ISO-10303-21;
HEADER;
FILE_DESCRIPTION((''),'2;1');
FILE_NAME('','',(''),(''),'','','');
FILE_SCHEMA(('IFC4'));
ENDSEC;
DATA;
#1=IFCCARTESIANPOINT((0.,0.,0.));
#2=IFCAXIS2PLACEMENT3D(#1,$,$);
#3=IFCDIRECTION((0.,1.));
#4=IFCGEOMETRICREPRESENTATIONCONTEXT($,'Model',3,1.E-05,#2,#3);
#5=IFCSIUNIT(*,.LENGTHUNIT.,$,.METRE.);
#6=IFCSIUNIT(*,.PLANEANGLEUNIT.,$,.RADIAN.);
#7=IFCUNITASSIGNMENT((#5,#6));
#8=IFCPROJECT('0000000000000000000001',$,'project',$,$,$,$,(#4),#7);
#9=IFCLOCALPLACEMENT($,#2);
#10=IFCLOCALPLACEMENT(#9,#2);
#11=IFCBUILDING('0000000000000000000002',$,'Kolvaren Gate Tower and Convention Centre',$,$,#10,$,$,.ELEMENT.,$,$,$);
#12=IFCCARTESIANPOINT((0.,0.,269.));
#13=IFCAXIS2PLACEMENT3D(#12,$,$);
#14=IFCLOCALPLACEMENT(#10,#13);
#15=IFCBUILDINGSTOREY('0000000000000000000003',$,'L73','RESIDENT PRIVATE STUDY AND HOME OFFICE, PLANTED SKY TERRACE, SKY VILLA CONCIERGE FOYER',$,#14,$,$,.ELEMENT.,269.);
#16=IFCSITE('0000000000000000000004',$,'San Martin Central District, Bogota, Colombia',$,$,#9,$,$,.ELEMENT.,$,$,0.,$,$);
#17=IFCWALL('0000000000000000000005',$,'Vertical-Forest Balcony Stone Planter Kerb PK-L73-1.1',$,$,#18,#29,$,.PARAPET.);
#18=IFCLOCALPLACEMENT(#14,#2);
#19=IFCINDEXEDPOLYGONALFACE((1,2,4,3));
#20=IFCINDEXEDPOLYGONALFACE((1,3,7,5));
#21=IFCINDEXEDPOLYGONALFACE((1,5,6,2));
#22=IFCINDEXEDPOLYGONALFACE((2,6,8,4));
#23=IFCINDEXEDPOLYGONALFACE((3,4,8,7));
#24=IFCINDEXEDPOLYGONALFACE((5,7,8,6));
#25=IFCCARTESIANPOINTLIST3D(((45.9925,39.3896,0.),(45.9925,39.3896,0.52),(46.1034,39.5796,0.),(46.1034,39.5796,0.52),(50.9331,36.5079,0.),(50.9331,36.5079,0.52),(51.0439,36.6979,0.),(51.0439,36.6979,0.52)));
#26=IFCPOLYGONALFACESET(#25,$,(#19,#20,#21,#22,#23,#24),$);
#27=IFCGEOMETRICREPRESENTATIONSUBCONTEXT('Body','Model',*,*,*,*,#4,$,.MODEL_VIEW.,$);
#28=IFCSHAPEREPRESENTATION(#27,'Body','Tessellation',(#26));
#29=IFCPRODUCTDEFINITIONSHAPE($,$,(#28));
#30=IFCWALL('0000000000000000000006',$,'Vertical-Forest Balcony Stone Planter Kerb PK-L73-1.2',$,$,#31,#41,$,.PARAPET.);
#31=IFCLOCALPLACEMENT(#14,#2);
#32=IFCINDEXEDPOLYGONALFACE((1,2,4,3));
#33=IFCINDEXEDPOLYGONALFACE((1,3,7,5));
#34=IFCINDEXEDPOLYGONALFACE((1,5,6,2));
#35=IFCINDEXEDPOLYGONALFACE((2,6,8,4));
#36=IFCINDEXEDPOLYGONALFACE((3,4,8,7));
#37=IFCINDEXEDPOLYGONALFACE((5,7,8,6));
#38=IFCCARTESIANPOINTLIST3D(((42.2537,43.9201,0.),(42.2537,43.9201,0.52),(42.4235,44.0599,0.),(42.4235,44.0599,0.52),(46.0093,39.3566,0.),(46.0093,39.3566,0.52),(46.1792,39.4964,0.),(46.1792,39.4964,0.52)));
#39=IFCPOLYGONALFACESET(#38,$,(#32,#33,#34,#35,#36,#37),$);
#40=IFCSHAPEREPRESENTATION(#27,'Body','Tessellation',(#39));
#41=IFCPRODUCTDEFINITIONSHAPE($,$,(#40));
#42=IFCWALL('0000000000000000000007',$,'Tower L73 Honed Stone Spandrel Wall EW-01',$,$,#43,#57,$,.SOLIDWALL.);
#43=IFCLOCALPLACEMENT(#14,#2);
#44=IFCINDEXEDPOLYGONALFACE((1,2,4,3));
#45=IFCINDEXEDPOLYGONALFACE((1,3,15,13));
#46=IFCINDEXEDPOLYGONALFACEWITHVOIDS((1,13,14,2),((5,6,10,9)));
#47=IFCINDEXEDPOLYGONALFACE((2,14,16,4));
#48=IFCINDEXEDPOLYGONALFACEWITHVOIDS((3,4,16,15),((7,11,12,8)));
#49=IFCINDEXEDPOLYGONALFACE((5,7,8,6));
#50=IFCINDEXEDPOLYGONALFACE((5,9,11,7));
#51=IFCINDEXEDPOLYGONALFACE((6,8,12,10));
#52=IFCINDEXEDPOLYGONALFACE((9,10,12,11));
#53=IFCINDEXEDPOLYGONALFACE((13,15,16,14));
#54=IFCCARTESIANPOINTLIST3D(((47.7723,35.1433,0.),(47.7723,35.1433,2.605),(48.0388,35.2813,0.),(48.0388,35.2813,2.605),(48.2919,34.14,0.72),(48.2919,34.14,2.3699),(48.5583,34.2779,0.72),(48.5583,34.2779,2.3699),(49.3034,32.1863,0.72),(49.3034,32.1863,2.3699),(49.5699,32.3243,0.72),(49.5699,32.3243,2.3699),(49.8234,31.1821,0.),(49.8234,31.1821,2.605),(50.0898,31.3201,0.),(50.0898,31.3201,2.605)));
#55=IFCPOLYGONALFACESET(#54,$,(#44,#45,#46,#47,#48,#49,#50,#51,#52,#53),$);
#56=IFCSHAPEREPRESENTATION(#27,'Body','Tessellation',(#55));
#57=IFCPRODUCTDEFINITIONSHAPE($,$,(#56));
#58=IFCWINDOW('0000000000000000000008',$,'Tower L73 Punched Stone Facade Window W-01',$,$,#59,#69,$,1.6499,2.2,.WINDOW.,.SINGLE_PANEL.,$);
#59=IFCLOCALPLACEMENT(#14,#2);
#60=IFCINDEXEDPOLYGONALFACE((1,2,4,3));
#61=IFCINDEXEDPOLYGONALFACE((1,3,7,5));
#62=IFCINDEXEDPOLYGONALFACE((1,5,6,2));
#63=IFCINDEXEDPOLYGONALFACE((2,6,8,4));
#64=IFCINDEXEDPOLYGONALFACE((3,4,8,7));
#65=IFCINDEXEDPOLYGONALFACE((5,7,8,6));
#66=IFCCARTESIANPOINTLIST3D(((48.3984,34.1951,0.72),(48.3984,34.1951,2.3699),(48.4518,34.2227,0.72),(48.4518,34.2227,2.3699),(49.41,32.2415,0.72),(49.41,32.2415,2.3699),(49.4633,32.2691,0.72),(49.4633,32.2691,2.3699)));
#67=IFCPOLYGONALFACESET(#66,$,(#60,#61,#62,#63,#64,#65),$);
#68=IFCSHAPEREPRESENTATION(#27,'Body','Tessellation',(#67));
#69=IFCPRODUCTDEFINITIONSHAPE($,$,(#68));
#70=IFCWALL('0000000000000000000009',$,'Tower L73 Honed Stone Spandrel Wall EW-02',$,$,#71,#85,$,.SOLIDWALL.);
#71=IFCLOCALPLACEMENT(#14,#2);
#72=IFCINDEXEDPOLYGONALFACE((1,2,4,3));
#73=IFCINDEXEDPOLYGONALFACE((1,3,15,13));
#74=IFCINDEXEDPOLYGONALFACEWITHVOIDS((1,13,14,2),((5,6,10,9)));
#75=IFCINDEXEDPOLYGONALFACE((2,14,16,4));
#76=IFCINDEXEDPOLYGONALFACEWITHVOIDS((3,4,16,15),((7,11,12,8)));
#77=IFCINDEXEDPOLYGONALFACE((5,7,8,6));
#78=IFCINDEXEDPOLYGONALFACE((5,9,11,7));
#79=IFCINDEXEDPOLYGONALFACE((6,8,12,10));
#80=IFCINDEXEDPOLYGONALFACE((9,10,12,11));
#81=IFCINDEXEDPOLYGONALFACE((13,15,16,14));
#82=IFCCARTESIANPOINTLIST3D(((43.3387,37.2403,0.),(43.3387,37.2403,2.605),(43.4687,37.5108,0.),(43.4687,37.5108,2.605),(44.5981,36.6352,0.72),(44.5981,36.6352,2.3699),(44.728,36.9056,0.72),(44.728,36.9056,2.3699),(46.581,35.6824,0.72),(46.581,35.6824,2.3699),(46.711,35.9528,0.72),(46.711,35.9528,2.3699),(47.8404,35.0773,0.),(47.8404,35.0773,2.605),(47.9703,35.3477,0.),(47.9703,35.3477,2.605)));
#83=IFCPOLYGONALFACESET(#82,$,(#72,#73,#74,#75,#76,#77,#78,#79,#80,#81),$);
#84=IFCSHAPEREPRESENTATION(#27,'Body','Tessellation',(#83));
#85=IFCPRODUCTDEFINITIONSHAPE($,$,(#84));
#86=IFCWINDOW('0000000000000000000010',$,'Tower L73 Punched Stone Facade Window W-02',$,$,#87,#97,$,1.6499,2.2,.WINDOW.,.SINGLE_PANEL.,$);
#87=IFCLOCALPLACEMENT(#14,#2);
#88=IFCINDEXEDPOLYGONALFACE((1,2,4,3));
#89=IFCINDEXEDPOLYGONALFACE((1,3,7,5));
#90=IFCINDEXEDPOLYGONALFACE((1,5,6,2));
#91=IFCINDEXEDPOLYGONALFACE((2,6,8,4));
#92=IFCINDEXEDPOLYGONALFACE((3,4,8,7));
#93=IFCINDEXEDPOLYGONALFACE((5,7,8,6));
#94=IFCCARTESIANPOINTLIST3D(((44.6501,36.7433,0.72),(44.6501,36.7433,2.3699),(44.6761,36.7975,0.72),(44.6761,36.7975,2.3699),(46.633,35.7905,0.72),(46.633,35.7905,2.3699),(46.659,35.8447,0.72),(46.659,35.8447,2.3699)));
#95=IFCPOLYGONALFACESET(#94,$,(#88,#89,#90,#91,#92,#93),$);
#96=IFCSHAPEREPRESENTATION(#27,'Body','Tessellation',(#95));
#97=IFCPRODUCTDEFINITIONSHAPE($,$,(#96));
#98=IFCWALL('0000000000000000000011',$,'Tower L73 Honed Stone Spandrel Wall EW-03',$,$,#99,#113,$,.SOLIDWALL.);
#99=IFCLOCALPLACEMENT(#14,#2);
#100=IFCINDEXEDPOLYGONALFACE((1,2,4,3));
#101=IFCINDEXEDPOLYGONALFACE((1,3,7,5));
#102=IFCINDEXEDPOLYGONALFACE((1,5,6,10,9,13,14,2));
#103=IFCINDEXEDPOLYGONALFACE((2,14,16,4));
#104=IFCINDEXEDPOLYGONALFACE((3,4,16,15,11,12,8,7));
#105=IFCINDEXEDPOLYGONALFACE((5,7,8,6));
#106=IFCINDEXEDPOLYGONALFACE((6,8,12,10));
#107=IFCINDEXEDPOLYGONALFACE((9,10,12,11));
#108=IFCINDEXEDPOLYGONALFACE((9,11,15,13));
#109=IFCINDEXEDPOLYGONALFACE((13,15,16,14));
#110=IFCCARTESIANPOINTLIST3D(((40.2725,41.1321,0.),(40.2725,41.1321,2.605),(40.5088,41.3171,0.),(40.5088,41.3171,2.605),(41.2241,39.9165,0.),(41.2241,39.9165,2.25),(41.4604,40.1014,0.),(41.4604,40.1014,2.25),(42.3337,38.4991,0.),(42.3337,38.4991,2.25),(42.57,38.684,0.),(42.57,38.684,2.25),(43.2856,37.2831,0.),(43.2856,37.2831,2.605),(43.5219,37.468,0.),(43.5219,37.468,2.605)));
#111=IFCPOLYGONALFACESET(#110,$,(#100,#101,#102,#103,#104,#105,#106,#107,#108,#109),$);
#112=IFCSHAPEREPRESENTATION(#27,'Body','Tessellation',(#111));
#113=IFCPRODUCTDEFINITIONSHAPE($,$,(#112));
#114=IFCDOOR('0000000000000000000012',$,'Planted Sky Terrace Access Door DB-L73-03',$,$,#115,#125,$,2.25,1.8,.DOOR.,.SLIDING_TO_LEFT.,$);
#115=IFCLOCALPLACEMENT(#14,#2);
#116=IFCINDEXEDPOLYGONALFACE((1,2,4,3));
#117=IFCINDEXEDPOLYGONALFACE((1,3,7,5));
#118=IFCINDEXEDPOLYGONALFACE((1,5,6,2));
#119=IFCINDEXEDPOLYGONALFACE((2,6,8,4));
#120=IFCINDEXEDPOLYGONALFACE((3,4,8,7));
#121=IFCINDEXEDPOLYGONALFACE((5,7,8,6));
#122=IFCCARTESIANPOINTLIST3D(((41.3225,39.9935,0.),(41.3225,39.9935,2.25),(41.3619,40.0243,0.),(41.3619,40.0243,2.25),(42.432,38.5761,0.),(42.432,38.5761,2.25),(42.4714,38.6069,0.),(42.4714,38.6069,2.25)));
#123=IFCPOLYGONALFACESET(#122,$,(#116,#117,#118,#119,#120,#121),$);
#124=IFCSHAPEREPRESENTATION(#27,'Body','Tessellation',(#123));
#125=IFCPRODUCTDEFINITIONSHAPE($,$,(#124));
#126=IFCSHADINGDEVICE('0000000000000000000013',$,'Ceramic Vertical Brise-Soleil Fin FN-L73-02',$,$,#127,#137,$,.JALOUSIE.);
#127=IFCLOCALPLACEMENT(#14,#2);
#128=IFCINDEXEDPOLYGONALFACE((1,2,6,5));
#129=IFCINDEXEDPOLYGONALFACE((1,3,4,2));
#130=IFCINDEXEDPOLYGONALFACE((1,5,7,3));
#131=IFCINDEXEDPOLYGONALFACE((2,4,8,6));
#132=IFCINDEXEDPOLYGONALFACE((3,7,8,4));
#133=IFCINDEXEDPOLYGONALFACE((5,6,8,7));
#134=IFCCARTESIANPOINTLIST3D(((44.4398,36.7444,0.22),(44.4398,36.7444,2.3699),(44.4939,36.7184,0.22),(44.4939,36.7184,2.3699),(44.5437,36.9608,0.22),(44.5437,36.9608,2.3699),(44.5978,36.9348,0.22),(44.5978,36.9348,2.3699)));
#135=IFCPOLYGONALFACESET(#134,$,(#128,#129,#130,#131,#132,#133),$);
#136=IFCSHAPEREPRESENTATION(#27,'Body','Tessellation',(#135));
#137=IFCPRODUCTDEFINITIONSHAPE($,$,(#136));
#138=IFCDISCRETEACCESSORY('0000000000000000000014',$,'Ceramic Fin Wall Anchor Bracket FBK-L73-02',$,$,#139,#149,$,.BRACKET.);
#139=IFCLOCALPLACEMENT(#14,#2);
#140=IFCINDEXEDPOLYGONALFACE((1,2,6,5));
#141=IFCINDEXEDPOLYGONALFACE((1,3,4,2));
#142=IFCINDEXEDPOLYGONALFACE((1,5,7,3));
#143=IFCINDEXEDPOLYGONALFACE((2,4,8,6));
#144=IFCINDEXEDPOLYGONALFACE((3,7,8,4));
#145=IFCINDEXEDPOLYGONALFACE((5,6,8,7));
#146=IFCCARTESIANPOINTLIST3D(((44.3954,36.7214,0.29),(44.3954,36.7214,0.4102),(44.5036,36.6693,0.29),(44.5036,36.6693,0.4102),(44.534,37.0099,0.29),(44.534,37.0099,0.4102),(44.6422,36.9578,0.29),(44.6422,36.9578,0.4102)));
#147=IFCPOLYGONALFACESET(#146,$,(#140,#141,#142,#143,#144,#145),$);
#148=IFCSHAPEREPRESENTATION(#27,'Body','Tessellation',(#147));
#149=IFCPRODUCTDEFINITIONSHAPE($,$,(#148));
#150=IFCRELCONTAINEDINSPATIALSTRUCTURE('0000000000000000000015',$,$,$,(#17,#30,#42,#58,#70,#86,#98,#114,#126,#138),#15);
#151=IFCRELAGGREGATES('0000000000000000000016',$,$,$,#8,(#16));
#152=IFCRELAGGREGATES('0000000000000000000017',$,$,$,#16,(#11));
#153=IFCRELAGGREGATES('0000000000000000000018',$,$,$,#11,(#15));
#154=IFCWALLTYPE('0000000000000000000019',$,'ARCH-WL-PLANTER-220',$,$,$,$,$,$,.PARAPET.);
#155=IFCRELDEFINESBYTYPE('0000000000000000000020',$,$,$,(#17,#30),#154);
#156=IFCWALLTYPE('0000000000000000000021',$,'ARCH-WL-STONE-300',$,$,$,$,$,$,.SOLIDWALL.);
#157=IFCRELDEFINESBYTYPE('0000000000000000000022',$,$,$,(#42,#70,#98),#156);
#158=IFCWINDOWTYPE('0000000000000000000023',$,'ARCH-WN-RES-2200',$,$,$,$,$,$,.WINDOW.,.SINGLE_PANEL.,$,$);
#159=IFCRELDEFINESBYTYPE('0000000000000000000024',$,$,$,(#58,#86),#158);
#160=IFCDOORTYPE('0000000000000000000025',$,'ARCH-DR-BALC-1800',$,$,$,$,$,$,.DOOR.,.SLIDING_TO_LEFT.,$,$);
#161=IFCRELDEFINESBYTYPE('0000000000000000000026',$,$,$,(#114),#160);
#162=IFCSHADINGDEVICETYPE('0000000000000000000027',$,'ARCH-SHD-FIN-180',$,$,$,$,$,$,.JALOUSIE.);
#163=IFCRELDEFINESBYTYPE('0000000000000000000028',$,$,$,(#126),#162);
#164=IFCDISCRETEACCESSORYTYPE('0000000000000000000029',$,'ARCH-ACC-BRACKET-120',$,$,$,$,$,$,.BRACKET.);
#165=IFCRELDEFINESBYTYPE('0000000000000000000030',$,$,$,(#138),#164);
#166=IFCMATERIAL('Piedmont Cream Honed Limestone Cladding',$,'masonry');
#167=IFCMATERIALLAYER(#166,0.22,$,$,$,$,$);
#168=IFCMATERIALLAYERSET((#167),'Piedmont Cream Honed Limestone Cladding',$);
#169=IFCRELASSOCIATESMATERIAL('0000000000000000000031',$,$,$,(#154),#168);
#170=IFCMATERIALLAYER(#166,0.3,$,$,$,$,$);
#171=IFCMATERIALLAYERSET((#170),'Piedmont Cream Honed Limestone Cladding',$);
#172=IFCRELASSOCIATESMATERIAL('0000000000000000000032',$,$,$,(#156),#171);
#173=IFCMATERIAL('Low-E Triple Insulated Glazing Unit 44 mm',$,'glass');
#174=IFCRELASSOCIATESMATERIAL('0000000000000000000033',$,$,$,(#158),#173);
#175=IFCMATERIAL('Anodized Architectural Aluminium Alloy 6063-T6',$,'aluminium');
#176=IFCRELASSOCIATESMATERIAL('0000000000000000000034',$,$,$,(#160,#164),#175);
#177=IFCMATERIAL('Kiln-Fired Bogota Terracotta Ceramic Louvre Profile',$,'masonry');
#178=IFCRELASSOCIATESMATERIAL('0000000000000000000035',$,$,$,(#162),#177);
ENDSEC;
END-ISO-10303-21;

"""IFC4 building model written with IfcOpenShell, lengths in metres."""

from ifc_helpers import new_model, si_unit, direction, frame, frame_2d, origin, origin_2d, place, context, subcontext, project, spatial, rectangle, extrude, material, layer, layer_set, type_object, element, fill, save


model = new_model("IFC4")

# Units and contexts
model_context = context("Model", 3, precision=1e-05, world=origin(), true_north=direction((0.0, 1.0)))
body_context = subcontext(model_context, "Body", "Model", "MODEL_VIEW")
ifc_project = project(units=[si_unit("LENGTHUNIT", "METRE"), si_unit("PLANEANGLEUNIT", "RADIAN")], contexts=[model_context])

# Site, building, storey
site_placement = place(None, origin())
site = spatial("IfcSite", under=ifc_project, at=site_placement, Name="San Martin Central District, Bogota, Colombia", CompositionType="ELEMENT", RefElevation=0.0)
building_placement = place(site_placement, origin())
building = spatial("IfcBuilding", under=site, at=building_placement, Name="Kolvaren Gate Tower and Convention Centre", CompositionType="ELEMENT")
storey_placement = place(building_placement, frame((0.0, 0.0, 269.0)))
storey = spatial("IfcBuildingStorey", under=building, at=storey_placement, Name="L73", Description="RESIDENT PRIVATE STUDY AND HOME OFFICE, PLANTED SKY TERRACE, SKY VILLA CONCIERGE FOYER", CompositionType="ELEMENT", Elevation=269.0)

# Walls
ifc_material_1 = material(Name="Piedmont Cream Honed Limestone Cladding", Category="masonry")
ifc_layer_1 = layer(ifc_material_1, 0.22)
ifc_layer_set_1 = layer_set([ifc_layer_1], Name="Piedmont Cream Honed Limestone Cladding")
wall_type_1 = type_object("IfcWallType", Name="ARCH-WL-PLANTER-220", PredefinedType="PARAPET", material=ifc_layer_set_1)
wall_1_placement = place(storey_placement, frame((46.0479, 39.4846, 0.0), z_axis=(0.0, 0.0, 1.0), x_axis=(0.863804, -0.503829, 0.0)))
element("IfcWall", 1, at=wall_1_placement, inside=storey, type_object=wall_type_1, Name="Vertical-Forest Balcony Stone Planter Kerb PK-L73-1.1", PredefinedType="PARAPET", context=body_context, shape_type="SweptSolid", body=[
    extrude(rectangle(XDim=5.7195, YDim=0.22, at=frame_2d((2.8599, 0.0))), origin(), (0.0, 0.0, 1.0), 0.52),
])
wall_2_placement = place(storey_placement, frame((42.3386, 43.99, 0.0), z_axis=(0.0, 0.0, 1.0), x_axis=(0.635451, -0.772141, 0.0)))
element("IfcWall", 2, at=wall_2_placement, inside=storey, type_object=wall_type_1, Name="Vertical-Forest Balcony Stone Planter Kerb PK-L73-1.2", PredefinedType="PARAPET", context=body_context, shape_type="SweptSolid", body=[
    extrude(rectangle(XDim=5.9102, YDim=0.22, at=frame_2d((2.9551, 0.0))), origin(), (0.0, 0.0, 1.0), 0.52),
])

# Walls, openings, windows
ifc_layer_2 = layer(ifc_material_1, 0.3)
ifc_layer_set_2 = layer_set([ifc_layer_2], Name="Piedmont Cream Honed Limestone Cladding")
wall_type_2 = type_object("IfcWallType", Name="ARCH-WL-STONE-300", PredefinedType="SOLIDWALL", material=ifc_layer_set_2)
wall_3_placement = place(storey_placement, frame((47.9055, 35.2124, 0.0), z_axis=(0.0, 0.0, 1.0), x_axis=(0.459801, -0.888022, 0.0)))
wall_3 = element("IfcWall", 3, at=wall_3_placement, inside=storey, type_object=wall_type_2, Name="Tower L73 Honed Stone Spandrel Wall EW-01", PredefinedType="SOLIDWALL", context=body_context, shape_type="SweptSolid", body=[
    extrude(rectangle(XDim=4.4607, YDim=0.3, at=frame_2d((2.2305, 0.0))), origin(), (0.0, 0.0, 1.0), 2.605),
])
opening_1_placement = place(wall_3_placement, frame((1.1299, 0.0, 0.72)))
opening_1 = element("IfcOpeningElement", 4, at=opening_1_placement, cuts=wall_3, PredefinedType="OPENING", context=body_context, shape_type="SweptSolid", body=[
    extrude(rectangle(XDim=2.2, YDim=1.6499, at=frame_2d((1.1001, 0.825))), frame((0.0, 0.1599, 0.0), z_axis=(0.0, -1.0, 0.0), x_axis=(1.0, 0.0, 0.0)), (0.0, 0.0, 1.0), 0.3201),
])
ifc_material_2 = material(Name="Low-E Triple Insulated Glazing Unit 44 mm", Category="glass")
window_type = type_object("IfcWindowType", Name="ARCH-WN-RES-2200", PartitioningType="SINGLE_PANEL", PredefinedType="WINDOW", material=ifc_material_2)
window_1_placement = place(opening_1_placement, origin())
window_1 = element("IfcWindow", 5, at=window_1_placement, inside=storey, type_object=window_type, Name="Tower L73 Punched Stone Facade Window W-01", OverallHeight=1.6499, OverallWidth=2.2, PartitioningType="SINGLE_PANEL", PredefinedType="WINDOW", context=body_context, shape_type="SweptSolid", body=[
    extrude(rectangle(XDim=2.2, YDim=1.6499, at=frame_2d((1.1001, 0.825))), frame((0.0, 0.03, 0.0), z_axis=(0.0, -1.0, 0.0), x_axis=(1.0, 0.0, 0.0)), (0.0, 0.0, 1.0), 0.0601),
])
fill(opening_1, window_1)
wall_4_placement = place(storey_placement, frame((43.4038, 37.3755, 0.0), z_axis=(0.0, 0.0, 1.0), x_axis=(0.901346, -0.4331, 0.0)))
wall_4 = element("IfcWall", 6, at=wall_4_placement, inside=storey, type_object=wall_type_2, Name="Tower L73 Honed Stone Spandrel Wall EW-02", PredefinedType="SOLIDWALL", context=body_context, shape_type="SweptSolid", body=[
    extrude(rectangle(XDim=4.9944, YDim=0.3, at=frame_2d((2.4971, 0.0))), origin(), (0.0, 0.0, 1.0), 2.605),
])
opening_2_placement = place(wall_4_placement, frame((1.397, 0.0, 0.72)))
opening_2 = element("IfcOpeningElement", 7, at=opening_2_placement, cuts=wall_4, PredefinedType="OPENING", context=body_context, shape_type="SweptSolid", body=[
    extrude(rectangle(XDim=2.2, YDim=1.6499, at=frame_2d((1.1001, 0.825))), frame((0.0, 0.1599, 0.0), z_axis=(0.0, -1.0, 0.0), x_axis=(1.0, 0.0, 0.0)), (0.0, 0.0, 1.0), 0.3201),
])
window_2_placement = place(opening_2_placement, origin())
window_2 = element("IfcWindow", 8, at=window_2_placement, inside=storey, type_object=window_type, Name="Tower L73 Punched Stone Facade Window W-02", OverallHeight=1.6499, OverallWidth=2.2, PartitioningType="SINGLE_PANEL", PredefinedType="WINDOW", context=body_context, shape_type="SweptSolid", body=[
    extrude(rectangle(XDim=2.2, YDim=1.6499, at=frame_2d((1.1001, 0.825))), frame((0.0, 0.03, 0.0), z_axis=(0.0, -1.0, 0.0), x_axis=(1.0, 0.0, 0.0)), (0.0, 0.0, 1.0), 0.0601),
])
fill(opening_2, window_2)

# Wall, opening, door
wall_5_placement = place(storey_placement, frame((40.3906, 41.2246, 0.0), z_axis=(0.0, 0.0, 1.0), x_axis=(0.616413, -0.787423, 0.0)))
wall_5 = element("IfcWall", 9, at=wall_5_placement, inside=storey, type_object=wall_type_2, Name="Tower L73 Honed Stone Spandrel Wall EW-03", PredefinedType="SOLIDWALL", context=body_context, shape_type="SweptSolid", body=[
    extrude(rectangle(XDim=4.8882, YDim=0.3, at=frame_2d((2.4441, 0.0))), origin(), (0.0, 0.0, 1.0), 2.605),
])
opening_3_placement = place(wall_5_placement, frame((1.5439, 0.0, 0.0)))
opening_3 = element("IfcOpeningElement", 10, at=opening_3_placement, cuts=wall_5, PredefinedType="OPENING", context=body_context, shape_type="SweptSolid", body=[
    extrude(rectangle(XDim=1.8, YDim=2.25, at=frame_2d((0.8999, 1.125))), frame((0.0, 0.1599, 0.0), z_axis=(0.0, -1.0, 0.0), x_axis=(1.0, 0.0, 0.0)), (0.0, 0.0, 1.0), 0.3201),
])
ifc_material_3 = material(Name="Anodized Architectural Aluminium Alloy 6063-T6", Category="aluminium")
door_type = type_object("IfcDoorType", Name="ARCH-DR-BALC-1800", OperationType="SLIDING_TO_LEFT", PredefinedType="DOOR", material=ifc_material_3)
door_placement = place(opening_3_placement, origin())
door = element("IfcDoor", 11, at=door_placement, inside=storey, type_object=door_type, Name="Planted Sky Terrace Access Door DB-L73-03", OperationType="SLIDING_TO_LEFT", OverallHeight=2.25, OverallWidth=1.8, PredefinedType="DOOR", context=body_context, shape_type="SweptSolid", body=[
    extrude(rectangle(XDim=1.8, YDim=2.25, at=frame_2d((0.8999, 1.125))), frame((0.0, 0.0249, 0.0), z_axis=(0.0, -1.0, 0.0), x_axis=(1.0, 0.0, 0.0)), (0.0, 0.0, 1.0), 0.05),
])
fill(opening_3, door)

# Shading device
ifc_material_4 = material(Name="Kiln-Fired Bogota Terracotta Ceramic Louvre Profile", Category="masonry")
shading_device_type = type_object("IfcShadingDeviceType", Name="ARCH-SHD-FIN-180", PredefinedType="JALOUSIE", material=ifc_material_4)
shading_device_placement = place(storey_placement, frame((44.5188, 36.8396, 0.22), z_axis=(0.0, 0.0, 1.0), x_axis=(0.901356, -0.433079, 0.0)))
element("IfcShadingDevice", 12, at=shading_device_placement, inside=storey, type_object=shading_device_type, Name="Ceramic Vertical Brise-Soleil Fin FN-L73-02", PredefinedType="JALOUSIE", context=body_context, shape_type="SweptSolid", body=[
    extrude(rectangle(XDim=0.0601, YDim=0.24, at=origin_2d()), origin(), (0.0, 0.0, 1.0), 2.1499),
])

# Discrete accessory
discrete_accessory_type = type_object("IfcDiscreteAccessoryType", Name="ARCH-ACC-BRACKET-120", PredefinedType="BRACKET", material=ifc_material_3)
discrete_accessory_placement = place(storey_placement, frame((44.5188, 36.8396, 0.29), z_axis=(0.0, 0.0, 1.0), x_axis=(0.901356, -0.433079, 0.0)))
element("IfcDiscreteAccessory", 13, at=discrete_accessory_placement, inside=storey, type_object=discrete_accessory_type, Name="Ceramic Fin Wall Anchor Bracket FBK-L73-02", PredefinedType="BRACKET", context=body_context, shape_type="SweptSolid", body=[
    extrude(rectangle(XDim=0.1201, YDim=0.3201, at=origin_2d()), origin(), (0.0, 0.0, 1.0), 0.1201),
])

save(model, "model.ifc")
